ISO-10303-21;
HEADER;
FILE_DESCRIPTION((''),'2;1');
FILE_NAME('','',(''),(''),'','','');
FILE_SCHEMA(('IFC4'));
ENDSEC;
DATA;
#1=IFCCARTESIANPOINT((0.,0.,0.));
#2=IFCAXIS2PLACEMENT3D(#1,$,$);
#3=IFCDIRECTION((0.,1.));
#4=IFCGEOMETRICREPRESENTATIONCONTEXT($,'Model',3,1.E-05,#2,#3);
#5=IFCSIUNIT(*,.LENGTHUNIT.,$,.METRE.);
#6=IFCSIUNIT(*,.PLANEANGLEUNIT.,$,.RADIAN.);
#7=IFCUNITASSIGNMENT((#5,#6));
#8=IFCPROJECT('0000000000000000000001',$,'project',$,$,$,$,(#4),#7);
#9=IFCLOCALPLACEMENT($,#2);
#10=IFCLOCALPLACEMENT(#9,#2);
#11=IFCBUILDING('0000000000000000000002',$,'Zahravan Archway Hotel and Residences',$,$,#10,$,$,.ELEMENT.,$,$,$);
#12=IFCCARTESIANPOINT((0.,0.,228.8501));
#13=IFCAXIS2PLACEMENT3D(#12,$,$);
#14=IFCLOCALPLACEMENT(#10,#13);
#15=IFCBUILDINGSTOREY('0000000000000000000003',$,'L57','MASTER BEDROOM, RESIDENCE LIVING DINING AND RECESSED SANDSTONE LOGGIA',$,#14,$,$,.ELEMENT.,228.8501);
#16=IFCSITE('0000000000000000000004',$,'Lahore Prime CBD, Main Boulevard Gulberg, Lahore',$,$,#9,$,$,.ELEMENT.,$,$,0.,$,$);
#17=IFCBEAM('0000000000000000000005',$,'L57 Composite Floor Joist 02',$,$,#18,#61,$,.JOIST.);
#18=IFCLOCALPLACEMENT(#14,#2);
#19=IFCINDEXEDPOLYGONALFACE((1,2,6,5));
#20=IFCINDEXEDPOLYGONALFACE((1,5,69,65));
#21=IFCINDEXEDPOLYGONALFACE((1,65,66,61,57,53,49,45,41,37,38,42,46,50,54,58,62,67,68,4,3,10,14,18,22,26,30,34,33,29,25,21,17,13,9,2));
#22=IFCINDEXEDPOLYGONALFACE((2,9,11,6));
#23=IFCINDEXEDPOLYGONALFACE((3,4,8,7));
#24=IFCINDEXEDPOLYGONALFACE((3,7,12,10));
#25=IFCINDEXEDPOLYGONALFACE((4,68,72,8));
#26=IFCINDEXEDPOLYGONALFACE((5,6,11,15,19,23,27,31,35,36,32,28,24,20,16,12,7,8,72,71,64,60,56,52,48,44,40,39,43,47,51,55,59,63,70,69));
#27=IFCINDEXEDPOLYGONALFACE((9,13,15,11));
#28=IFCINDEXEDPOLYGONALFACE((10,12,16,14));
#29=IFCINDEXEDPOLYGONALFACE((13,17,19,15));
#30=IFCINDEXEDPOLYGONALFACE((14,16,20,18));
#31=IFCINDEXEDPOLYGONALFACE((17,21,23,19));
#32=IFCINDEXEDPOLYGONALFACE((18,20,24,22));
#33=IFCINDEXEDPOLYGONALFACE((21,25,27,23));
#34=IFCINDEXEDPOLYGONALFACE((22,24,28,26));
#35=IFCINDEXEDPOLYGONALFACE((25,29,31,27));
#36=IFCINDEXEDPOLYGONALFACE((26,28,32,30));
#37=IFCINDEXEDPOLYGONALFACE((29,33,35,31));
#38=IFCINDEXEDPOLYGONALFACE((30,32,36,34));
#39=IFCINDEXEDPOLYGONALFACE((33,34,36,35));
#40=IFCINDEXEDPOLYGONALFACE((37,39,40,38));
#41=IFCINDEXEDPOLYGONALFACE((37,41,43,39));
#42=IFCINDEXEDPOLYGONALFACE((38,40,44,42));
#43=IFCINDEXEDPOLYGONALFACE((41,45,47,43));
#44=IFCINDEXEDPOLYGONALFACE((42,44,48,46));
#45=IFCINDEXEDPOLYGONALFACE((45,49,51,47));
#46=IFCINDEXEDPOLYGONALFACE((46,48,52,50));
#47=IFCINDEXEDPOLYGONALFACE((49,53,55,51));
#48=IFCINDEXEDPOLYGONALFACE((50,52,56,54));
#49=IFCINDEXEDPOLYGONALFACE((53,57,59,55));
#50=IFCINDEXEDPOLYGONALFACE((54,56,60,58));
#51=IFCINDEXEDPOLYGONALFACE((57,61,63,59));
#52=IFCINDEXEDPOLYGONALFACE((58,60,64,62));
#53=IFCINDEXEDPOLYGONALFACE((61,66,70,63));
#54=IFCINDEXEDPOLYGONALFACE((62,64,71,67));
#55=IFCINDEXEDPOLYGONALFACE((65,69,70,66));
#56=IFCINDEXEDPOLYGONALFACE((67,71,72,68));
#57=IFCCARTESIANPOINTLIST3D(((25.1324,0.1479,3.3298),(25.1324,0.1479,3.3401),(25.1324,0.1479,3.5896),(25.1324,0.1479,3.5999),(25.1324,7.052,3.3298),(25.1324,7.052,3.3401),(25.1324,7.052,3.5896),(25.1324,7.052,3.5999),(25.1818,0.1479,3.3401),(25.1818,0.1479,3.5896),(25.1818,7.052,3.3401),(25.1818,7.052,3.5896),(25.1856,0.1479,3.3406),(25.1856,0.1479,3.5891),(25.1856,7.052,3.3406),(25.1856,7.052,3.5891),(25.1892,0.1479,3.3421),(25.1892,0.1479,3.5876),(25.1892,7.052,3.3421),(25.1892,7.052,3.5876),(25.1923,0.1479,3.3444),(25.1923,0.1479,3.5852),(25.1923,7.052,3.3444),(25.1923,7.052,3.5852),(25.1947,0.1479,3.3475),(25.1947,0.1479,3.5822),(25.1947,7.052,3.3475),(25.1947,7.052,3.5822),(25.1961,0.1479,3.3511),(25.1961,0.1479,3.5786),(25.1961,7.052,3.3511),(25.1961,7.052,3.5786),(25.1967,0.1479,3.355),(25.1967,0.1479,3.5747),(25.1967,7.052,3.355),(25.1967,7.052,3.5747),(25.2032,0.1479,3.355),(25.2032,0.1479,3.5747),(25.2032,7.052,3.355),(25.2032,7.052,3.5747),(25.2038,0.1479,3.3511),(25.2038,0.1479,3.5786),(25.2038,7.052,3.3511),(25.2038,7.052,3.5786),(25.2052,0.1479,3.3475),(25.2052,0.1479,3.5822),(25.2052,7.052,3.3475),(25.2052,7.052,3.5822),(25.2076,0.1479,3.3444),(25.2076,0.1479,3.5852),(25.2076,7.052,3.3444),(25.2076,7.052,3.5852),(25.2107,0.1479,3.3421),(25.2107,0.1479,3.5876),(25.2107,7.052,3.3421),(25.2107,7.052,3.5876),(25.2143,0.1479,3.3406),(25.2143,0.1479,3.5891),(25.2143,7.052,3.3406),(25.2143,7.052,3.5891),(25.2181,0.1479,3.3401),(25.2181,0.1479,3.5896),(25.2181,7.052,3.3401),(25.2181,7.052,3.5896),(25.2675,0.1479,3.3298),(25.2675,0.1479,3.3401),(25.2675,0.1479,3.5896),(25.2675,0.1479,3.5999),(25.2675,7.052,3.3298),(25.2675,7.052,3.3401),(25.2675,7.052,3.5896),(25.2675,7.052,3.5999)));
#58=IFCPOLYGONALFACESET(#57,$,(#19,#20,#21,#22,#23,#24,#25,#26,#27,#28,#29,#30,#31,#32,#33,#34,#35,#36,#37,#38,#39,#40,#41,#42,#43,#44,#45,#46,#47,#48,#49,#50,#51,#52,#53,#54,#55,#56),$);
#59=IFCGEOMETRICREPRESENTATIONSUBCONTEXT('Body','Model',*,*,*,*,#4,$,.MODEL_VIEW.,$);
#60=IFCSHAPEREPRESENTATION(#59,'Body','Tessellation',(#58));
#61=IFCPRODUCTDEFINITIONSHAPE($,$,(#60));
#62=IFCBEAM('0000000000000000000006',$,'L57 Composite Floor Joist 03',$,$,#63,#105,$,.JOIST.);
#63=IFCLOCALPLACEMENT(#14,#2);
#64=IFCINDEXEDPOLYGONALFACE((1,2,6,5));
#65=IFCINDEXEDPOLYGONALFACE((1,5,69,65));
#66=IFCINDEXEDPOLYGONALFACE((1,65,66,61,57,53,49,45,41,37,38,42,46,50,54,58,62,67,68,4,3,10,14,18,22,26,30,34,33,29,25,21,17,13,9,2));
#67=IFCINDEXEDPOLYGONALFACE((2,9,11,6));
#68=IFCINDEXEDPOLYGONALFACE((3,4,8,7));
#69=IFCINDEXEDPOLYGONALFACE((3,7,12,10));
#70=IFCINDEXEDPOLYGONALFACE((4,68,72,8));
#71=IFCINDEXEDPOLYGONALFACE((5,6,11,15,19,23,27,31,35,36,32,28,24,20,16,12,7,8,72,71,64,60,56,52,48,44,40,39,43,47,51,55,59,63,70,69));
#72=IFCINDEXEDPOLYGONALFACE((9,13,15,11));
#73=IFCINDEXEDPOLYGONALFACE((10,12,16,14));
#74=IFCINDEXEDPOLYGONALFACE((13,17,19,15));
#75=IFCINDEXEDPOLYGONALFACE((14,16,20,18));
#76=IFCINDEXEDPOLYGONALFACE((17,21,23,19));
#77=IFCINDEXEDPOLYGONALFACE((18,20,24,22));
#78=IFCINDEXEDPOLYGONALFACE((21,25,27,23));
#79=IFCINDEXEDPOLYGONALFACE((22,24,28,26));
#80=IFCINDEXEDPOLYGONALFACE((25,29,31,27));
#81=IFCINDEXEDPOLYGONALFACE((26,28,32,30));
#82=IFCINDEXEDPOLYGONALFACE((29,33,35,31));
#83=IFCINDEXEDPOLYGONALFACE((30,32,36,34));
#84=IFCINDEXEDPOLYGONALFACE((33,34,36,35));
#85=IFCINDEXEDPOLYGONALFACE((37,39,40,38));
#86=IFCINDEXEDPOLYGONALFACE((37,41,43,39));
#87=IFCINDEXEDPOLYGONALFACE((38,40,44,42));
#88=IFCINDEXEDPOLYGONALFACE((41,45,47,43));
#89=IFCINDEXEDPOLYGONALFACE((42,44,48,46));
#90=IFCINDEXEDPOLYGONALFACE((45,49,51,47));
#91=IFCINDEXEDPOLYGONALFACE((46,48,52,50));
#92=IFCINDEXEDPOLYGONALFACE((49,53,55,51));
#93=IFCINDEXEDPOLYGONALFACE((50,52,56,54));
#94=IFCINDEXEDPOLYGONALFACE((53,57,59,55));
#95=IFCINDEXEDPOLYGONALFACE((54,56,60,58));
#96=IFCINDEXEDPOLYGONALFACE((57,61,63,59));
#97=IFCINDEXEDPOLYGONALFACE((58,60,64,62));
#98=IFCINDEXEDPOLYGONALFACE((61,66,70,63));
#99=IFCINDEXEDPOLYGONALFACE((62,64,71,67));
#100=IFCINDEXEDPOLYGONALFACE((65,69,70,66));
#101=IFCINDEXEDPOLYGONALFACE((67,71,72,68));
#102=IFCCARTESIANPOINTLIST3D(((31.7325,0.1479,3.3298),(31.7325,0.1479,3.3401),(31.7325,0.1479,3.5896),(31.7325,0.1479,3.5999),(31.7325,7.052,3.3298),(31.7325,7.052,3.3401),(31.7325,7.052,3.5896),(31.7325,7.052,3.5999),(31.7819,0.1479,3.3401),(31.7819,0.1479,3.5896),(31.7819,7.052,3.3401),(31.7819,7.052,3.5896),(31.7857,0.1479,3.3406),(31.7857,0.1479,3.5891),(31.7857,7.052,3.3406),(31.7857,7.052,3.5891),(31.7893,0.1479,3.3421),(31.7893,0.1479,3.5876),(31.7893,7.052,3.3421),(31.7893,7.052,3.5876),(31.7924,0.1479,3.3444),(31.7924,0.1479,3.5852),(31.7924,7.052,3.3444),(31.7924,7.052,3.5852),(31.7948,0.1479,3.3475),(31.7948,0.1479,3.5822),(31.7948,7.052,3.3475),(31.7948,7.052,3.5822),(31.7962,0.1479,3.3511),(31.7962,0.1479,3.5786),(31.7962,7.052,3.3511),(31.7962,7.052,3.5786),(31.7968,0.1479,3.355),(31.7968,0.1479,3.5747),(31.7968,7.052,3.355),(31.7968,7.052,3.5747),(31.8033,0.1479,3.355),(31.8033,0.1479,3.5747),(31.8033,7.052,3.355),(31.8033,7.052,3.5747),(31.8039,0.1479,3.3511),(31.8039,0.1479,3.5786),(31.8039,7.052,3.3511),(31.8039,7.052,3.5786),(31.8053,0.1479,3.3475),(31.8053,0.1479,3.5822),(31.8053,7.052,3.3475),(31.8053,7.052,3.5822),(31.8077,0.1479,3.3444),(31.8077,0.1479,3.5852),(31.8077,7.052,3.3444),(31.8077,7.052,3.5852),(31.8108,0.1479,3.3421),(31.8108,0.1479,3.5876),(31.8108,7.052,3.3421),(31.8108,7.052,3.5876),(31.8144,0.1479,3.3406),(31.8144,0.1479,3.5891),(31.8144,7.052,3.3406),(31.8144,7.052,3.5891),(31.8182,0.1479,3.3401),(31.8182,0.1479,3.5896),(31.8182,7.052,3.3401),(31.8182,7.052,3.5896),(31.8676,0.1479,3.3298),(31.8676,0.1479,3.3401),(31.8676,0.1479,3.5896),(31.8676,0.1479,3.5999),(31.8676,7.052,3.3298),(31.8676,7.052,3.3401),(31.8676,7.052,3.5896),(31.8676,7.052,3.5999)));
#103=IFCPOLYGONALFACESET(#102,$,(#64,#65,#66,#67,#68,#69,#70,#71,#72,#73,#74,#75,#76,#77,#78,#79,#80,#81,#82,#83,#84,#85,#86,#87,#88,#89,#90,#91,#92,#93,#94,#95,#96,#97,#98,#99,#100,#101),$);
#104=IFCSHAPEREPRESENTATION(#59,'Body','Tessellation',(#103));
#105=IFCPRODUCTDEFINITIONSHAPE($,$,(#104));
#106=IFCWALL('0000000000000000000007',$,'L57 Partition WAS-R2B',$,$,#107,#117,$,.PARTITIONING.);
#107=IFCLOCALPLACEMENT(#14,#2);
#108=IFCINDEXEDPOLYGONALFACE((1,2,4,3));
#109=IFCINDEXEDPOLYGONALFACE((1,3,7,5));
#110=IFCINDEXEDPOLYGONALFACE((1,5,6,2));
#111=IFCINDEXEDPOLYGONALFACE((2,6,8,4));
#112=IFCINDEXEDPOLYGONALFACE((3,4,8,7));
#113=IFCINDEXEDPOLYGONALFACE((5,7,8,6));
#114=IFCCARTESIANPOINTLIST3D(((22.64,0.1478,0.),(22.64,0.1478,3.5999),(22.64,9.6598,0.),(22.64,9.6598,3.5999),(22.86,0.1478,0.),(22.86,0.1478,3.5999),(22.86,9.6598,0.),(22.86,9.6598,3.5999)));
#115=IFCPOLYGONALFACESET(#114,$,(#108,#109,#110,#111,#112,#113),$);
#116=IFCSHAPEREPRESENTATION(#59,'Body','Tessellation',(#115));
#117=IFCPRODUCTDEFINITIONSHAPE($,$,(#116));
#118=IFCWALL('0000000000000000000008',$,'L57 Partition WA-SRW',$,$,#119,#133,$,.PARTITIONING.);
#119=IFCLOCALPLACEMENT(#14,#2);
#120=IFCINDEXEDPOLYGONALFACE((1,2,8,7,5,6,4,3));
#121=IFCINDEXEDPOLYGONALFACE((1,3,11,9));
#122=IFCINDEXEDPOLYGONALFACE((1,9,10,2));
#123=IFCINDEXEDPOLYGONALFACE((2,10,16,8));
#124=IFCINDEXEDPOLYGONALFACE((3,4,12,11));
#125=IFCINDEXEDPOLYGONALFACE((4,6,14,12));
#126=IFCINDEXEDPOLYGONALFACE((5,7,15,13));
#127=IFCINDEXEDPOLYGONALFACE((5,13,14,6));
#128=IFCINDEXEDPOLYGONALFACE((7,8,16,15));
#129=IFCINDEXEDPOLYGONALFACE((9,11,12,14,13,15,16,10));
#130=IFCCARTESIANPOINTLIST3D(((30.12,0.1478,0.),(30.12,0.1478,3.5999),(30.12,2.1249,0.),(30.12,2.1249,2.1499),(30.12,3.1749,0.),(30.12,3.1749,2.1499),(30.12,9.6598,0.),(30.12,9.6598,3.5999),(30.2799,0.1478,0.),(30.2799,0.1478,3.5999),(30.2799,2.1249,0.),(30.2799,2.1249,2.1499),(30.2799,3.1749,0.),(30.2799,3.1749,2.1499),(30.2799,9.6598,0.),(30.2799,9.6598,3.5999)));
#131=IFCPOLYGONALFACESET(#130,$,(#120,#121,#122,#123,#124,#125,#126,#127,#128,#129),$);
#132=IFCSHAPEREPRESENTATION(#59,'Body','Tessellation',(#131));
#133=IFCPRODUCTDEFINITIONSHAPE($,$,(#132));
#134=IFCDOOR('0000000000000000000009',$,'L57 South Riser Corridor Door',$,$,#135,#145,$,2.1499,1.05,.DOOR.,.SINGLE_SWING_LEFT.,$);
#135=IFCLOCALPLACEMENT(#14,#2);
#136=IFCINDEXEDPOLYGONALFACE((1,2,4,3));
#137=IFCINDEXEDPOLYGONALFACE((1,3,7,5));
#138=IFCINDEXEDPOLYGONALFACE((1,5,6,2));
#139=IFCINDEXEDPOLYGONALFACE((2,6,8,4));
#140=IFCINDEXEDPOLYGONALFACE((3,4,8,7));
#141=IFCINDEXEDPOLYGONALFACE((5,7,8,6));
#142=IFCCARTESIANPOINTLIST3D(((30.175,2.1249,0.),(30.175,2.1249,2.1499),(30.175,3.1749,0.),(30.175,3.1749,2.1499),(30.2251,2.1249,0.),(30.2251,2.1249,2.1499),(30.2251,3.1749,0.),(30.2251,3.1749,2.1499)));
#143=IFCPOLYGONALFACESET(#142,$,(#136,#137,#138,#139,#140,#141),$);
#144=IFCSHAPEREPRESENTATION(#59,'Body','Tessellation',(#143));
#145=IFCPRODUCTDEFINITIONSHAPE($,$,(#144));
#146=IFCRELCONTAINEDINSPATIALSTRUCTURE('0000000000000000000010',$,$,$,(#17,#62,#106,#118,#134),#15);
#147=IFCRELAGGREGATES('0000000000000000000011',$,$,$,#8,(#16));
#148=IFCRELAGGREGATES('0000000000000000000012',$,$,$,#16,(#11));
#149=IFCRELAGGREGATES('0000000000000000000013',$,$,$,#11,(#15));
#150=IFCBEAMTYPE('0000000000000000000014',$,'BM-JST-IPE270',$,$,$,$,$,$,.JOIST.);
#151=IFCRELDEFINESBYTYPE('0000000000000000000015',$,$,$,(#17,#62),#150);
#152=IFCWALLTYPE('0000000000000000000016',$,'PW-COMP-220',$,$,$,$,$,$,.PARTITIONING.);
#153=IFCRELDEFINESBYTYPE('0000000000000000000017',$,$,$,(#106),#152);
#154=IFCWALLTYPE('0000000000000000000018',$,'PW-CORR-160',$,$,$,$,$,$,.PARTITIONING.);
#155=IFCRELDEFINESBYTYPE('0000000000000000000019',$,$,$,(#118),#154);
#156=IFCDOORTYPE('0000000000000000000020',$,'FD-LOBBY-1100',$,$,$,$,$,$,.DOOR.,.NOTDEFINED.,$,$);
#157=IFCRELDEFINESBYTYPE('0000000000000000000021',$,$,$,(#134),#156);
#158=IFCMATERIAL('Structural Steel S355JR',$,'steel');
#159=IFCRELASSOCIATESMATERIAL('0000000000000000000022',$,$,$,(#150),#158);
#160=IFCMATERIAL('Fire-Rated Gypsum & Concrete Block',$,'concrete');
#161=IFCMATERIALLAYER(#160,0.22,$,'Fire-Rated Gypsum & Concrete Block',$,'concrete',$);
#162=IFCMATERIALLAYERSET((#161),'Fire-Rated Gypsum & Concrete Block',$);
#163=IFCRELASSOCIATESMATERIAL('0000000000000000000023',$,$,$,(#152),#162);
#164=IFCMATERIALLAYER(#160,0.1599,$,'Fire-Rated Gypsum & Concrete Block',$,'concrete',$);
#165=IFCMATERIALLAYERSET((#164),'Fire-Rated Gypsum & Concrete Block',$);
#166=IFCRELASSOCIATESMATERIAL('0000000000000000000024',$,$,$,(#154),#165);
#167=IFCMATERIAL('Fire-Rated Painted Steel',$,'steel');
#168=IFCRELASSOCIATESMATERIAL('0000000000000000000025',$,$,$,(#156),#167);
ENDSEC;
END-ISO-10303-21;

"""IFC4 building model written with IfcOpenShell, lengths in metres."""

from ifc_helpers import new_model, si_unit, direction, frame, frame_2d, origin, origin_2d, place, context, subcontext, project, spatial, rectangle, i_section, extrude, source, transform, mapped, material, layer, layer_set, material_profile, profile_set, type_object, type_shapes, element, fill, save


model = new_model("IFC4")

# Units and contexts
model_context = context("Model", 3, precision=1e-05, world=origin(), true_north=direction((0.0, 1.0)))
body_context = subcontext(model_context, "Body", "Model", "MODEL_VIEW")
ifc_project = project(units=[si_unit("LENGTHUNIT", "METRE"), si_unit("PLANEANGLEUNIT", "RADIAN")], contexts=[model_context])

# Site, building, storey
site_placement = place(None, origin())
site = spatial("IfcSite", under=ifc_project, at=site_placement, Name="Lahore Prime CBD, Main Boulevard Gulberg, Lahore", CompositionType="ELEMENT", RefElevation=0.0)
building_placement = place(site_placement, origin())
building = spatial("IfcBuilding", under=site, at=building_placement, Name="Zahravan Archway Hotel and Residences", CompositionType="ELEMENT")
storey_placement = place(building_placement, frame((0.0, 0.0, 228.8501)))
storey = spatial("IfcBuildingStorey", under=building, at=storey_placement, Name="L57", Description="MASTER BEDROOM, RESIDENCE LIVING DINING AND RECESSED SANDSTONE LOGGIA", CompositionType="ELEMENT", Elevation=228.8501)

# Beams
ifc_material_1 = material(Name="Structural Steel S355JR", Category="steel")
ifc_material_profile_1 = material_profile(ifc_material_1, i_section(OverallWidth=0.135, OverallDepth=0.27, WebThickness=0.0066, FlangeThickness=0.0103, FilletRadius=0.0149, at=origin_2d()), Name="IPE 270", Category="steel")
ifc_profile_set_1 = profile_set([ifc_material_profile_1], Name="Structural Steel S355JR")
beam_type_1 = type_object("IfcBeamType", Name="BM-JST-IPE270", PredefinedType="JOIST", material=ifc_profile_set_1)
shared_shape_1 = source(origin(), body_context, "Body", "SweptSolid", [
    extrude(i_section(OverallWidth=0.135, OverallDepth=0.27, WebThickness=0.0066, FlangeThickness=0.0103, FilletRadius=0.0149, at=origin_2d()), origin(), (0.0, 0.0, 1.0), 6.9041),
])
type_shapes(beam_type_1, [shared_shape_1])
for number, where, z_axis, x_axis, name in (
    (1, (25.2, 0.1479, 3.4648), (0.0, 1.0, 0.0), (-1.0, 0.0, 0.0), "L57 Composite Floor Joist 02"),
    (2, (31.8, 0.1479, 3.4648), (0.0, 1.0, 0.0), (-1.0, 0.0, 0.0), "L57 Composite Floor Joist 03"),
):
    element("IfcBeam", number, at=place(storey_placement, frame(where, z_axis=z_axis, x_axis=x_axis)), inside=storey, type_object=beam_type_1, Name=name, PredefinedType="JOIST", context=body_context, shape_type="MappedRepresentation", body=[
        mapped(shared_shape_1, transform((0.0, 0.0, 0.0), scale=1.0)),
    ])

# Wall
ifc_material_2 = material(Name="Fire-Rated Gypsum & Concrete Block", Category="concrete")
ifc_layer_1 = layer(ifc_material_2, 0.22, Name="Fire-Rated Gypsum & Concrete Block", Category="concrete")
ifc_layer_set_1 = layer_set([ifc_layer_1], Name="Fire-Rated Gypsum & Concrete Block")
wall_type_1 = type_object("IfcWallType", Name="PW-COMP-220", PredefinedType="PARTITIONING", material=ifc_layer_set_1)
wall_1_placement = place(storey_placement, frame((22.75, 0.1479, 0.0), z_axis=(0.0, 0.0, 1.0), x_axis=(0.0, 1.0, 0.0)))
element("IfcWall", 3, at=wall_1_placement, inside=storey, type_object=wall_type_1, Name="L57 Partition WAS-R2B", PredefinedType="PARTITIONING", context=body_context, shape_type="SweptSolid", body=[
    extrude(rectangle(XDim=9.512, YDim=0.22, at=frame_2d((4.7559, 0.0))), origin(), (0.0, 0.0, 1.0), 3.5999),
])

# Wall, opening, door
ifc_layer_2 = layer(ifc_material_2, 0.1599, Name="Fire-Rated Gypsum & Concrete Block", Category="concrete")
ifc_layer_set_2 = layer_set([ifc_layer_2], Name="Fire-Rated Gypsum & Concrete Block")
wall_type_2 = type_object("IfcWallType", Name="PW-CORR-160", PredefinedType="PARTITIONING", material=ifc_layer_set_2)
wall_2_placement = place(storey_placement, frame((30.2, 0.1479, 0.0), z_axis=(0.0, 0.0, 1.0), x_axis=(0.0, 1.0, 0.0)))
wall_2 = element("IfcWall", 4, at=wall_2_placement, inside=storey, type_object=wall_type_2, Name="L57 Partition WA-SRW", PredefinedType="PARTITIONING", context=body_context, shape_type="SweptSolid", body=[
    extrude(rectangle(XDim=9.512, YDim=0.1599, at=frame_2d((4.7559, 0.0))), origin(), (0.0, 0.0, 1.0), 3.5999),
])
opening_1_placement = place(wall_2_placement, frame((1.9771, 0.0, 0.0)))
opening_1 = element("IfcOpeningElement", 5, at=opening_1_placement, cuts=wall_2, PredefinedType="OPENING", context=body_context, shape_type="SweptSolid", body=[
    extrude(rectangle(XDim=1.05, YDim=2.1499, at=frame_2d((0.5249, 1.075))), frame((0.0, 0.0898, 0.0), z_axis=(0.0, -1.0, 0.0), x_axis=(1.0, 0.0, 0.0)), (0.0, 0.0, 1.0), 0.1799),
])
ifc_material_3 = material(Name="Fire-Rated Painted Steel", Category="steel")
door_type_1 = type_object("IfcDoorType", Name="FD-LOBBY-1100", OperationType="NOTDEFINED", PredefinedType="DOOR", material=ifc_material_3)
shared_shape_2 = source(origin(), body_context, "Body", "SweptSolid", [
    extrude(rectangle(XDim=1.05, YDim=2.1499, at=frame_2d((0.5249, 1.075))), frame((0.0, 0.0249, 0.0), z_axis=(0.0, -1.0, 0.0), x_axis=(1.0, 0.0, 0.0)), (0.0, 0.0, 1.0), 0.05),
])
type_shapes(door_type_1, [shared_shape_2])
door_1_placement = place(opening_1_placement, origin())
door_1 = element("IfcDoor", 6, at=door_1_placement, inside=storey, type_object=door_type_1, Name="L57 South Riser Corridor Door", OperationType="SINGLE_SWING_LEFT", OverallHeight=2.1499, OverallWidth=1.05, PredefinedType="DOOR", context=body_context, shape_type="MappedRepresentation", body=[
    mapped(shared_shape_2, transform((0.0, 0.0, 0.0), scale=1.0)),
])
fill(opening_1, door_1)

save(model, "model.ifc")
